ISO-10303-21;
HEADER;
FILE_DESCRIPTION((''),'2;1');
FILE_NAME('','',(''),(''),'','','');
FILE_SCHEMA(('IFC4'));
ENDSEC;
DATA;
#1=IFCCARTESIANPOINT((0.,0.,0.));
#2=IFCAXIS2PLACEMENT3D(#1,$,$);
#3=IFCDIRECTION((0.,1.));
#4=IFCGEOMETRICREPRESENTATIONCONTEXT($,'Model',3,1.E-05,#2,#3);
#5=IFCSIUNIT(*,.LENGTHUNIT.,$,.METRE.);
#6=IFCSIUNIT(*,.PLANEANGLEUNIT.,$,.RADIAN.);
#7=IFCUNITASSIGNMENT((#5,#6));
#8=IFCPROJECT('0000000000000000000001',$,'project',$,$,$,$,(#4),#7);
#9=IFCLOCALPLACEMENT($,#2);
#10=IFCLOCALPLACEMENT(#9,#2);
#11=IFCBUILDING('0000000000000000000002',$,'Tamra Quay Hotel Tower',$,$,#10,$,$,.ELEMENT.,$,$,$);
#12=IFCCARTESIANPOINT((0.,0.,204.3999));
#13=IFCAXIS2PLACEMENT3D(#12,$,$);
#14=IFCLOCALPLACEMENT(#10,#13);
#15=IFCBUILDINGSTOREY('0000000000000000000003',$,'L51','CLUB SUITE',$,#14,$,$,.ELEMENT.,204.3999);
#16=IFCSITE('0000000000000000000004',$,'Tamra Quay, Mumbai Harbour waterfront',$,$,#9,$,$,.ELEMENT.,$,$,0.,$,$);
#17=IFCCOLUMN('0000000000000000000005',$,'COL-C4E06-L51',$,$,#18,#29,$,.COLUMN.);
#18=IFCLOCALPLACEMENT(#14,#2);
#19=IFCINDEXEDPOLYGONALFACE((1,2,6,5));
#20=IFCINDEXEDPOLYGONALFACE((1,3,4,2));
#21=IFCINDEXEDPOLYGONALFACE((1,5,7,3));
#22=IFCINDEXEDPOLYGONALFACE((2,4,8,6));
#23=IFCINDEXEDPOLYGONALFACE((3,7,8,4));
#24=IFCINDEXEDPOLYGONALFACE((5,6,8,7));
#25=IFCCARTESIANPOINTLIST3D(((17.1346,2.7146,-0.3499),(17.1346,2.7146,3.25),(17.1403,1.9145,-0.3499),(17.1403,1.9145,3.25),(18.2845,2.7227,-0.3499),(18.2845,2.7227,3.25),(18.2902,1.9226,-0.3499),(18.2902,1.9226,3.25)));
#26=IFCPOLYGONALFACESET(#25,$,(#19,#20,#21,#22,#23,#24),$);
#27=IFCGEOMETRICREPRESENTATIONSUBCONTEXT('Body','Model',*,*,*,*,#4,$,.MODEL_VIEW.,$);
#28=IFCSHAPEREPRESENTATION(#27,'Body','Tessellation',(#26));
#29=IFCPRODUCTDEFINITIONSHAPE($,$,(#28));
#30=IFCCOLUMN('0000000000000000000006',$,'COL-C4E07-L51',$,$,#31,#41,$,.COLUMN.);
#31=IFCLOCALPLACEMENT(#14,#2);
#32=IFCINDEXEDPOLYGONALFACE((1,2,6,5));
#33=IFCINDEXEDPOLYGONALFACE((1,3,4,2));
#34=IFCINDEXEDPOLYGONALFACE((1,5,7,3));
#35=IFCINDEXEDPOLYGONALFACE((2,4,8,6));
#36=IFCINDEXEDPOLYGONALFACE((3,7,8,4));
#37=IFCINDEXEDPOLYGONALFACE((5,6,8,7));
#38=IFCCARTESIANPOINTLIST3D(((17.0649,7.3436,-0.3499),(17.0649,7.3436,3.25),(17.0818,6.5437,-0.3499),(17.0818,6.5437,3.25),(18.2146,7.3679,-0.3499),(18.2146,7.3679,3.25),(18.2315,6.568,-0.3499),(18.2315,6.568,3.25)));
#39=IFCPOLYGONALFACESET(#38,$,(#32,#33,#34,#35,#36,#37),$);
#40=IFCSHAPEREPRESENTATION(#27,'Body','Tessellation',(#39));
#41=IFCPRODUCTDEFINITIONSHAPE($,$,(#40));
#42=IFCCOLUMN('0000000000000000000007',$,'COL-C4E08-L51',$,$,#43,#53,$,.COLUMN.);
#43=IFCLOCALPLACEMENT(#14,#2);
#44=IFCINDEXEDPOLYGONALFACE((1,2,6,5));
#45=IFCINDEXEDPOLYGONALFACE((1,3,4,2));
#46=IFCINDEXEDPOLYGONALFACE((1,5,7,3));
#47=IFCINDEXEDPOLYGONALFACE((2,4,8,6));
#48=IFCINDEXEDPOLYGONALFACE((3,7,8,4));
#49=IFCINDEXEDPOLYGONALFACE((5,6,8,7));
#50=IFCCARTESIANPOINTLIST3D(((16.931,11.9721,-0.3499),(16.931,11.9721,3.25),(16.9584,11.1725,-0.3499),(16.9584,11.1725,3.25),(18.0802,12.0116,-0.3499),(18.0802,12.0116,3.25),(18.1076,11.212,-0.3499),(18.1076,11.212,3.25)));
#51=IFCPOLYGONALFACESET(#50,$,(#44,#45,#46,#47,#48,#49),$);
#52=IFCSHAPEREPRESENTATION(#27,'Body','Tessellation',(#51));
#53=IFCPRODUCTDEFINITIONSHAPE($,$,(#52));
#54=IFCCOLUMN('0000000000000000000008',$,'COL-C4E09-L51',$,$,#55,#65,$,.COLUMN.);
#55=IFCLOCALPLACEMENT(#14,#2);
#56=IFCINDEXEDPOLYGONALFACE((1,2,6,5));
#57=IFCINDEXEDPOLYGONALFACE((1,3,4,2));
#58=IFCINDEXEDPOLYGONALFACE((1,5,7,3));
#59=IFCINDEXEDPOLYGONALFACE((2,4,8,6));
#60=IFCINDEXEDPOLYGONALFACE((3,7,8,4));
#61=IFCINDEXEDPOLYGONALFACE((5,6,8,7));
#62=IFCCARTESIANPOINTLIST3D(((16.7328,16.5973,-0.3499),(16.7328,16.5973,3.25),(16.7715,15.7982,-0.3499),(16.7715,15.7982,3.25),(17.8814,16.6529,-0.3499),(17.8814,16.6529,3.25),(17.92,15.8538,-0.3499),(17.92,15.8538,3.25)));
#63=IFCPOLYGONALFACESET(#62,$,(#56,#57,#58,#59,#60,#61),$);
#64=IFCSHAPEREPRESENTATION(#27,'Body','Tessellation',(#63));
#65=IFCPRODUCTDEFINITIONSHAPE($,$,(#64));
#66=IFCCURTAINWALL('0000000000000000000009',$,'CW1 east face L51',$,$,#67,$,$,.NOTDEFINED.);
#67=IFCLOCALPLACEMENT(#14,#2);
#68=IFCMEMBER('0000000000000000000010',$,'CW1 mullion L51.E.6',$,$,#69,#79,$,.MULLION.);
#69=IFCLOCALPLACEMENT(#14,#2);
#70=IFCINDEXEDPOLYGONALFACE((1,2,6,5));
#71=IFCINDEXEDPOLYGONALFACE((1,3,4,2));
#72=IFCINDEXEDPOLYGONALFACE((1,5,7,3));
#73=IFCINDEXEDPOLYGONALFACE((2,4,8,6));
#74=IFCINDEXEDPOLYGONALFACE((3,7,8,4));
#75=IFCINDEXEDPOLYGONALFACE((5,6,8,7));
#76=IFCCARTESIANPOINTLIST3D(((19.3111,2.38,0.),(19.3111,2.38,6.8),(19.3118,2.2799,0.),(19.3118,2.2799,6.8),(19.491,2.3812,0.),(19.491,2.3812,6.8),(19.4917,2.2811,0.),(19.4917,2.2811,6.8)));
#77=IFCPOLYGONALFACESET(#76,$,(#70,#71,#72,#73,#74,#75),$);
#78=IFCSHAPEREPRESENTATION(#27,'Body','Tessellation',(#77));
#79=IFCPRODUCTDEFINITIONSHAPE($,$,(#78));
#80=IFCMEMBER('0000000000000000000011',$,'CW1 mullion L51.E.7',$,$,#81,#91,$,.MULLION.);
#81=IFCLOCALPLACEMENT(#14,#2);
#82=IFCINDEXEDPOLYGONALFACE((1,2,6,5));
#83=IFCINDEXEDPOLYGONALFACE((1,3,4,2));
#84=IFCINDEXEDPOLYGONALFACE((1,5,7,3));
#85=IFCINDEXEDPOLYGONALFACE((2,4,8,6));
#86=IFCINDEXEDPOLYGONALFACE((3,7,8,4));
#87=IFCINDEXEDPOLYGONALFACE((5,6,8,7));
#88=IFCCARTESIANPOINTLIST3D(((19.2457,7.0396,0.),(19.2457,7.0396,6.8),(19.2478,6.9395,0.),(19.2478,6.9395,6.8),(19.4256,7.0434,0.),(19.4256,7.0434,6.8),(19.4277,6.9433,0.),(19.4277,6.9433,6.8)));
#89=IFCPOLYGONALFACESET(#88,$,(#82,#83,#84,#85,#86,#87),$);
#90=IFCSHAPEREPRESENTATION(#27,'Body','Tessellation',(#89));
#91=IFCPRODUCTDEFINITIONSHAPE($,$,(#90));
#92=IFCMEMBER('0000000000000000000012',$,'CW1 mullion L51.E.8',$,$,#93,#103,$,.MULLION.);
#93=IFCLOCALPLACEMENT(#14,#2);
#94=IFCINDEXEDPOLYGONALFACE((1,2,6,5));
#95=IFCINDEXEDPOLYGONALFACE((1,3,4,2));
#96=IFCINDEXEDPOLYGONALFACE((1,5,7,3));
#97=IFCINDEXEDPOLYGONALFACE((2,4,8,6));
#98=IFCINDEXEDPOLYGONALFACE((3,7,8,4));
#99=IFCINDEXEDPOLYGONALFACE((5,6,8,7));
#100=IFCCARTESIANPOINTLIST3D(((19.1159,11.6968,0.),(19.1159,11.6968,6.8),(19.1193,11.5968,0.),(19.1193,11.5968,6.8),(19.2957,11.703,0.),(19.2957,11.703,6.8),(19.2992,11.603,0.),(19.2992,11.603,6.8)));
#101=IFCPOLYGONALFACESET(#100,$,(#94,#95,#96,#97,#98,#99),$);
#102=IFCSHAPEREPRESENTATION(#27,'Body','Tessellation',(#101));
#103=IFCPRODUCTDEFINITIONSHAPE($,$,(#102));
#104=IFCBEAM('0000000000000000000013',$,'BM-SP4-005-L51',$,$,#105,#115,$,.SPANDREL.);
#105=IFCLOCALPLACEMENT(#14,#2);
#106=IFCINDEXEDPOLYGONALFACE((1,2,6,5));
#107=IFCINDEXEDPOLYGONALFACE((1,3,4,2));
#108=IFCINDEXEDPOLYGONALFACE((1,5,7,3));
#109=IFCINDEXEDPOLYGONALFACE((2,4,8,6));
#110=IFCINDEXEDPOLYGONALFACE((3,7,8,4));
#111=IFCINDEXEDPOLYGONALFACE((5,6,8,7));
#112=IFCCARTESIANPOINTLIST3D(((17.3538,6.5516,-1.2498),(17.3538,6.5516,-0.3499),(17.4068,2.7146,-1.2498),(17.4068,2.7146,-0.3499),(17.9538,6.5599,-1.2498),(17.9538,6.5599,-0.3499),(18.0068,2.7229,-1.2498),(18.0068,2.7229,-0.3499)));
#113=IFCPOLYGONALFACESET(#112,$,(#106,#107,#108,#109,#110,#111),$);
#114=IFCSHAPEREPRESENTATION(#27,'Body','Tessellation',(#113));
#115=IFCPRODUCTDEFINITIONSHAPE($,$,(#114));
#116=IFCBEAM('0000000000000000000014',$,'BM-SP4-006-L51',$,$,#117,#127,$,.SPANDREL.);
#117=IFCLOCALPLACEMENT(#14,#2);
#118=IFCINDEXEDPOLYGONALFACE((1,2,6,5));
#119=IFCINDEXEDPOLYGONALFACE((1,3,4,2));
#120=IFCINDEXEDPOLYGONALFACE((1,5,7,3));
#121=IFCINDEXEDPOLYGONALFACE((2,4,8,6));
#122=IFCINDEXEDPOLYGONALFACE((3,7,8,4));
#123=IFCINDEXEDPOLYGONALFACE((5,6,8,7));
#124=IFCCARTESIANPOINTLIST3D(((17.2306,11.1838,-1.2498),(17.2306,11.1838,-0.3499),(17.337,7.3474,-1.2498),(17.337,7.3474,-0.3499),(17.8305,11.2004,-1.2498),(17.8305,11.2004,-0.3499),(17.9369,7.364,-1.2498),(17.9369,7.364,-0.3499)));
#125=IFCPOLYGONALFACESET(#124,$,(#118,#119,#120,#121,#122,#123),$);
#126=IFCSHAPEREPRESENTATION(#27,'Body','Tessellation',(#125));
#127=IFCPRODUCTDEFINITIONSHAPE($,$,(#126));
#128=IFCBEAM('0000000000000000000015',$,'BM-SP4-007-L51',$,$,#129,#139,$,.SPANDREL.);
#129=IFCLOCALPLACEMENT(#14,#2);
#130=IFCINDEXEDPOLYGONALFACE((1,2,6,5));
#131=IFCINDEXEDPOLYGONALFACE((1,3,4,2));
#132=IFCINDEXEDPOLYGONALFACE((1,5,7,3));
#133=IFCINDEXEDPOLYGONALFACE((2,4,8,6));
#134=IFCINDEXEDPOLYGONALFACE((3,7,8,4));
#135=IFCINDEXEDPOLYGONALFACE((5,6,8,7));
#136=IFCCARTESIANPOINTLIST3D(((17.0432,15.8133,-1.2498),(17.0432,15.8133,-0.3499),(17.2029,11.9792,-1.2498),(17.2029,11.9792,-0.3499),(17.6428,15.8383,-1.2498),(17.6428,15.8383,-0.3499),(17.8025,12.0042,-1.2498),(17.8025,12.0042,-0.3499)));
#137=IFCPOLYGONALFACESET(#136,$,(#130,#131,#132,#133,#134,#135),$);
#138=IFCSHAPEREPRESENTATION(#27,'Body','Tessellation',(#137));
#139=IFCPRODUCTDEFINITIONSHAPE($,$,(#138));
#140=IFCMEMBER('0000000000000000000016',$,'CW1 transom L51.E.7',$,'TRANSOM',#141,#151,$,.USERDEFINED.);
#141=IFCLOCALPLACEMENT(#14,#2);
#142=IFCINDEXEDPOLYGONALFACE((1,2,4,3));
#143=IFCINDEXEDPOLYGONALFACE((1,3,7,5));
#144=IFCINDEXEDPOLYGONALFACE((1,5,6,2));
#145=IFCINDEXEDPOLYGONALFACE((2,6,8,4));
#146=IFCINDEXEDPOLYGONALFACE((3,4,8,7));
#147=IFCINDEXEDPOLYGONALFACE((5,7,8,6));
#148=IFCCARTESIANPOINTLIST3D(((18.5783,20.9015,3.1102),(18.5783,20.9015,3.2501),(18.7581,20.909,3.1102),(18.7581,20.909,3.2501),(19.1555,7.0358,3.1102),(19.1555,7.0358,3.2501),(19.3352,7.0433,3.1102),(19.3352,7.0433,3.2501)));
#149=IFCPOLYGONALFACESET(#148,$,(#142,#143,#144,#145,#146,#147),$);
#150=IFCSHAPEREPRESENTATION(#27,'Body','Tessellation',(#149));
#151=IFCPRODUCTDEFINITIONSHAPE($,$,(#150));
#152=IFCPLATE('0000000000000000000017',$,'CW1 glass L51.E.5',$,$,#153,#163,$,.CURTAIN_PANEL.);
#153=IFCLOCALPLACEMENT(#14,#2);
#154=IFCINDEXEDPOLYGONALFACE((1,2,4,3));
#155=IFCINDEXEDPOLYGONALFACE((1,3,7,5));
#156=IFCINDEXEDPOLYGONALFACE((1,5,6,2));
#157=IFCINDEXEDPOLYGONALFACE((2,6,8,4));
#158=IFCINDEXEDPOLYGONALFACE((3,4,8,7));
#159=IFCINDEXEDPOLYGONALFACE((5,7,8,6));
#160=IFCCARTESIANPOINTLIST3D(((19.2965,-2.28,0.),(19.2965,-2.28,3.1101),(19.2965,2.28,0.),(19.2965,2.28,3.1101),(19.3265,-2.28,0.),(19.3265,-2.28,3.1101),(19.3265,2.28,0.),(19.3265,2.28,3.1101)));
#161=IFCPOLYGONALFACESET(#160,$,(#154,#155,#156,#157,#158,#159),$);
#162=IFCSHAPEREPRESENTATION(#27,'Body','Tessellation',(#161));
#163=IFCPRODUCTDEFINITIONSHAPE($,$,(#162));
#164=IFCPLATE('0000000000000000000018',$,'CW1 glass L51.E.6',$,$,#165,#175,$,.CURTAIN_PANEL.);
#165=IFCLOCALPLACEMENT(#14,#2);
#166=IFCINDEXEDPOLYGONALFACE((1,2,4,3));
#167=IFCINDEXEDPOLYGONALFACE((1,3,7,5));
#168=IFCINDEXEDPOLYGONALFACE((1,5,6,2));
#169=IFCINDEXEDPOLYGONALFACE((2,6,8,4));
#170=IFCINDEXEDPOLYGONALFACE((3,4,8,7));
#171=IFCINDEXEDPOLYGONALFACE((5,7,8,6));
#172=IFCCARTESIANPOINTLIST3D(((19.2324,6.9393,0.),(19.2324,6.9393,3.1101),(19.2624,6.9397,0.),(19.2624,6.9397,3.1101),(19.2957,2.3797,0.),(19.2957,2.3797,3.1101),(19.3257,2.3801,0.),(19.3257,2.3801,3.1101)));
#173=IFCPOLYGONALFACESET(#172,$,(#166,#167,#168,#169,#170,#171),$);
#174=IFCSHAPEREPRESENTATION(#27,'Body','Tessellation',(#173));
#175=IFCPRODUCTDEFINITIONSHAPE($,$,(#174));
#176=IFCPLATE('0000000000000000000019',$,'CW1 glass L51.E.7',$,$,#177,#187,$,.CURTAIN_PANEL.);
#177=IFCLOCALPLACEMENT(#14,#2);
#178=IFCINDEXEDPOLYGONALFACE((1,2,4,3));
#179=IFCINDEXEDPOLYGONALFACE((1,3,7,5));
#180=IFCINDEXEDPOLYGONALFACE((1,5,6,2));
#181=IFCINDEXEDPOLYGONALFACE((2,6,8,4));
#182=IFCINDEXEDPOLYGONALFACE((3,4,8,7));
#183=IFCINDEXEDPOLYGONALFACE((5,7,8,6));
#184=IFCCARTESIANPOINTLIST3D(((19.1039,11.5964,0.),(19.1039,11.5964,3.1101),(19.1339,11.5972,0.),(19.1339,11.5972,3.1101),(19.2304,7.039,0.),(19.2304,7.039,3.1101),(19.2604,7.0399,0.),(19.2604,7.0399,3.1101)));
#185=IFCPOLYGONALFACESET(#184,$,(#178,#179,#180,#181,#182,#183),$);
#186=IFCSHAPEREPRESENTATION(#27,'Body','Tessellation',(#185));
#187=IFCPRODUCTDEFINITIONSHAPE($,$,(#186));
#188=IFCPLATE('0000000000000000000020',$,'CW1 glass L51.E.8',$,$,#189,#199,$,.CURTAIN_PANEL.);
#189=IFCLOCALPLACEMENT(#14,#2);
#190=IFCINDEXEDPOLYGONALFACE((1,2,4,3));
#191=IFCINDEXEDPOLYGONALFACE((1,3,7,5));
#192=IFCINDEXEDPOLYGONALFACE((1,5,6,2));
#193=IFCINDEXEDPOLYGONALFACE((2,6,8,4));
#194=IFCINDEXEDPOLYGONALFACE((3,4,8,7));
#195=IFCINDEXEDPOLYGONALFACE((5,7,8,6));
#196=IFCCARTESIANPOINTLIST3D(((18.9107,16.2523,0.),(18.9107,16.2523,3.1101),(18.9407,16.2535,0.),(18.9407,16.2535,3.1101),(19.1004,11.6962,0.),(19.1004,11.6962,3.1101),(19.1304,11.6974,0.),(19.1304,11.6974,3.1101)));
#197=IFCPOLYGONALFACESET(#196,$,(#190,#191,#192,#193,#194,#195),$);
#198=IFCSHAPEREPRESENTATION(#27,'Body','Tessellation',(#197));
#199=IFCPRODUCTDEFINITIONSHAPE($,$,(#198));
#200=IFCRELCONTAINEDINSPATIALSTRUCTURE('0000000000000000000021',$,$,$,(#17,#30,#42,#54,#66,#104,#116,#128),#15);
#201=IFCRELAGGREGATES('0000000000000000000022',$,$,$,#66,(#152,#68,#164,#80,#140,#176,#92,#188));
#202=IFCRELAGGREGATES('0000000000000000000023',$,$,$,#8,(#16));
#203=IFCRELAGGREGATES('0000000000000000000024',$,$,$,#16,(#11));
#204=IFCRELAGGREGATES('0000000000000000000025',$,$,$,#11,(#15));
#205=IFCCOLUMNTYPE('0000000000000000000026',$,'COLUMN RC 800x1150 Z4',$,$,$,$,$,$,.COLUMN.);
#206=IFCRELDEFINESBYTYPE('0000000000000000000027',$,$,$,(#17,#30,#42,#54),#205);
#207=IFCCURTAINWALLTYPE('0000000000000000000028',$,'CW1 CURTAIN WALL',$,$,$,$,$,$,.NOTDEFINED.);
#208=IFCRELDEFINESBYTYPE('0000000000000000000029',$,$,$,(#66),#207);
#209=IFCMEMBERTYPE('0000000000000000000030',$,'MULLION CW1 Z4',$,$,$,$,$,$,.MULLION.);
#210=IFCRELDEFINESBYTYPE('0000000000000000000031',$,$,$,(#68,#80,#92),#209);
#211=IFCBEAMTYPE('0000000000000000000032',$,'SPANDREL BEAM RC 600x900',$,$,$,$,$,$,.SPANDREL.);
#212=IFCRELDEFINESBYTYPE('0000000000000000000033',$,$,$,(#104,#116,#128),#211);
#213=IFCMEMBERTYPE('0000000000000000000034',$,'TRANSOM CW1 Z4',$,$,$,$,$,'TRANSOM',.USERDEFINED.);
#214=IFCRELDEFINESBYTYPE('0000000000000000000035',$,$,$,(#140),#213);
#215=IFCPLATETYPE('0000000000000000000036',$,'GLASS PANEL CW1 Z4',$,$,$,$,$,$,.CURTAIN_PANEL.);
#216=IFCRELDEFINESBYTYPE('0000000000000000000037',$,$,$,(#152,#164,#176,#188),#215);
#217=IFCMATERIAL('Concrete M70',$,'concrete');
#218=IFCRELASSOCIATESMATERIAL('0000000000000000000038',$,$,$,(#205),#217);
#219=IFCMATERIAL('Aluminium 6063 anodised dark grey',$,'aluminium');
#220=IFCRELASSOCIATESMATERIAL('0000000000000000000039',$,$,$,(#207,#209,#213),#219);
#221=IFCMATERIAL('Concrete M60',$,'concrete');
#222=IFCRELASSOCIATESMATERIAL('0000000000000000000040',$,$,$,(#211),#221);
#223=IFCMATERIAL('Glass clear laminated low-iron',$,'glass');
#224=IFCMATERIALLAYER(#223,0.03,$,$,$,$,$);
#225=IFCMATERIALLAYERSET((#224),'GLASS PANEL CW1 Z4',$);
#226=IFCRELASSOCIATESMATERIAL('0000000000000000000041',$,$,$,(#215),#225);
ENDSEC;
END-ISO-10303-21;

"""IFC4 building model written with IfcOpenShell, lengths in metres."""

from ifc_helpers import new_model, si_unit, direction, frame, origin, origin_2d, place, context, subcontext, project, spatial, rectangle, extrude, material, layer, layer_set, material_profile, profile_set, type_object, element, aggregate, save


model = new_model("IFC4")

# Units and contexts
model_context = context("Model", 3, precision=1e-05, world=origin(), true_north=direction((0.0, 1.0)))
body_context = subcontext(model_context, "Body", "Model", "MODEL_VIEW")
ifc_project = project(units=[si_unit("LENGTHUNIT", "METRE"), si_unit("PLANEANGLEUNIT", "RADIAN")], contexts=[model_context])

# Site, building, storey
site_placement = place(None, origin())
site = spatial("IfcSite", under=ifc_project, at=site_placement, Name="Tamra Quay, Mumbai Harbour waterfront", CompositionType="ELEMENT", RefElevation=0.0)
building_placement = place(site_placement, origin())
building = spatial("IfcBuilding", under=site, at=building_placement, Name="Tamra Quay Hotel Tower", CompositionType="ELEMENT")
storey_placement = place(building_placement, frame((0.0, 0.0, 204.3999)))
storey = spatial("IfcBuildingStorey", under=building, at=storey_placement, Name="L51", Description="CLUB SUITE", CompositionType="ELEMENT", Elevation=204.3999)

# Columns
ifc_material_1 = material(Name="Concrete M70", Category="concrete")
ifc_material_profile_1 = material_profile(ifc_material_1, rectangle(XDim=1.1499, YDim=0.8, at=origin_2d()), Name="COLUMN RC 800x1150 Z4")
ifc_profile_set_1 = profile_set([ifc_material_profile_1], Name="Concrete M70")
column_type = type_object("IfcColumnType", Name="COLUMN RC 800x1150 Z4", PredefinedType="COLUMN", material=ifc_profile_set_1)
for number, where, z_axis, x_axis, name in (
    (1, (17.7124, 2.3186, -0.3499), (0.0, 0.0, 1.0), (0.999975, 0.007041, 0.0), "COL-C4E06-L51"),
    (2, (17.6482, 6.9558, -0.3499), (0.0, 0.0, 1.0), (0.999777, 0.021115, 0.0), "COL-C4E07-L51"),
    (3, (17.5193, 11.592, -0.3499), (0.0, 0.0, 1.0), (0.999412, 0.034299, 0.0), "COL-C4E08-L51"),
    (4, (17.3264, 16.2256, -0.3499), (0.0, 0.0, 1.0), (0.998831, 0.048344, 0.0), "COL-C4E09-L51"),
):
    element("IfcColumn", number, at=place(storey_placement, frame(where, z_axis=z_axis, x_axis=x_axis)), inside=storey, type_object=column_type, Name=name, PredefinedType="COLUMN", context=body_context, shape_type="SweptSolid", body=[
        extrude(rectangle(XDim=1.1499, YDim=0.8, at=origin_2d()), origin(), (0.0, 0.0, 1.0), 3.5999),
    ])

# Curtain wall, members
ifc_material_2 = material(Name="Aluminium 6063 anodised dark grey", Category="aluminium")
curtain_wall_type = type_object("IfcCurtainWallType", Name="CW1 CURTAIN WALL", PredefinedType="NOTDEFINED", material=ifc_material_2)
curtain_wall_placement = place(storey_placement, origin())
curtain_wall = element("IfcCurtainWall", 5, at=curtain_wall_placement, inside=storey, type_object=curtain_wall_type, Name="CW1 east face L51", PredefinedType="NOTDEFINED")
ifc_material_profile_2 = material_profile(ifc_material_2, rectangle(XDim=0.1799, YDim=0.1001, at=origin_2d()), Name="MULLION 100X180")
ifc_profile_set_2 = profile_set([ifc_material_profile_2], Name="Aluminium 6063 anodised dark grey")
member_type_1 = type_object("IfcMemberType", Name="MULLION CW1 Z4", PredefinedType="MULLION", material=ifc_profile_set_2)
member_1_placement = place(storey_placement, frame((19.4014, 2.3306, 0.0), z_axis=(0.0, 0.0, 1.0), x_axis=(0.999976, 0.006943, 0.0)))
member_1 = element("IfcMember", 6, at=member_1_placement, type_object=member_type_1, Name="CW1 mullion L51.E.6", PredefinedType="MULLION", context=body_context, shape_type="SweptSolid", body=[
    extrude(rectangle(XDim=0.1799, YDim=0.1001, at=origin_2d()), origin(), (0.0, 0.0, 1.0), 6.8),
])
member_2_placement = place(storey_placement, frame((19.3367, 6.9915, 0.0), z_axis=(0.0, 0.0, 1.0), x_axis=(0.999783, 0.02082, 0.0)))
member_2 = element("IfcMember", 7, at=member_2_placement, type_object=member_type_1, Name="CW1 mullion L51.E.7", PredefinedType="MULLION", context=body_context, shape_type="SweptSolid", body=[
    extrude(rectangle(XDim=0.1799, YDim=0.1001, at=origin_2d()), origin(), (0.0, 0.0, 1.0), 6.8),
])
member_3_placement = place(storey_placement, frame((19.2075, 11.6499, 0.0), z_axis=(0.0, 0.0, 1.0), x_axis=(0.999399, 0.034678, 0.0)))
member_3 = element("IfcMember", 8, at=member_3_placement, type_object=member_type_1, Name="CW1 mullion L51.E.8", PredefinedType="MULLION", context=body_context, shape_type="SweptSolid", body=[
    extrude(rectangle(XDim=0.1799, YDim=0.1001, at=origin_2d()), origin(), (0.0, 0.0, 1.0), 6.8),
])

# Beams
ifc_material_3 = material(Name="Concrete M60", Category="concrete")
ifc_material_profile_3 = material_profile(ifc_material_3, rectangle(XDim=0.6001, YDim=0.8999, at=origin_2d()), Name="SPANDREL BEAM RC 600x900")
ifc_profile_set_3 = profile_set([ifc_material_profile_3], Name="Concrete M60")
beam_type = type_object("IfcBeamType", Name="SPANDREL BEAM RC 600x900", PredefinedType="SPANDREL", material=ifc_profile_set_3)
beam_1_placement = place(storey_placement, frame((17.7068, 2.7188, -0.7998), z_axis=(-0.013805, 0.999905, 0.0), x_axis=(-0.999905, -0.013805, 0.0)))
element("IfcBeam", 9, at=beam_1_placement, inside=storey, type_object=beam_type, Name="BM-SP4-005-L51", PredefinedType="SPANDREL", context=body_context, shape_type="SweptSolid", body=[
    extrude(rectangle(XDim=0.6001, YDim=0.8999, at=origin_2d()), origin(), (0.0, 0.0, 1.0), 3.8374),
])
beam_2_placement = place(storey_placement, frame((17.637, 7.3557, -0.7998), z_axis=(-0.027735, 0.999615, 0.0), x_axis=(-0.999615, -0.027735, 0.0)))
element("IfcBeam", 10, at=beam_2_placement, inside=storey, type_object=beam_type, Name="BM-SP4-006-L51", PredefinedType="SPANDREL", context=body_context, shape_type="SweptSolid", body=[
    extrude(rectangle(XDim=0.6001, YDim=0.8999, at=origin_2d()), origin(), (0.0, 0.0, 1.0), 3.8379),
])
beam_3_placement = place(storey_placement, frame((17.5027, 11.9917, -0.7998), z_axis=(-0.041609, 0.999134, 0.0), x_axis=(-0.999134, -0.041609, 0.0)))
element("IfcBeam", 11, at=beam_3_placement, inside=storey, type_object=beam_type, Name="BM-SP4-007-L51", PredefinedType="SPANDREL", context=body_context, shape_type="SweptSolid", body=[
    extrude(rectangle(XDim=0.6001, YDim=0.8999, at=origin_2d()), origin(), (0.0, 0.0, 1.0), 3.8374),
])

# Member
ifc_material_profile_4 = material_profile(ifc_material_2, rectangle(XDim=0.1799, YDim=0.1399, at=origin_2d()), Name="TRANSOM 180X140")
ifc_profile_set_4 = profile_set([ifc_material_profile_4], Name="Aluminium 6063 anodised dark grey")
member_type_2 = type_object("IfcMemberType", Name="TRANSOM CW1 Z4", ElementType="TRANSOM", PredefinedType="USERDEFINED", material=ifc_profile_set_4)
member_4_placement = place(storey_placement, frame((19.2454, 7.0396, 3.1802), z_axis=(-0.041588, 0.999135, 0.0), x_axis=(-0.999135, -0.041588, 0.0)))
member_4 = element("IfcMember", 12, at=member_4_placement, type_object=member_type_2, Name="CW1 transom L51.E.7", ObjectType="TRANSOM", PredefinedType="USERDEFINED", context=body_context, shape_type="SweptSolid", body=[
    extrude(rectangle(XDim=0.1799, YDim=0.1399, at=origin_2d()), origin(), (0.0, 0.0, 1.0), 13.8777),
])

# Plates
ifc_material_4 = material(Name="Glass clear laminated low-iron", Category="glass")
ifc_layer_1 = layer(ifc_material_4, 0.03)
ifc_layer_set_1 = layer_set([ifc_layer_1], Name="GLASS PANEL CW1 Z4")
plate_type = type_object("IfcPlateType", Name="GLASS PANEL CW1 Z4", PredefinedType="CURTAIN_PANEL", material=ifc_layer_set_1)
plate_1_placement = place(storey_placement, frame((19.3115, 0.0, 0.0), z_axis=(0.0, 0.0, 1.0), x_axis=(0.0, 1.0, 0.0)))
plate_1 = element("IfcPlate", 13, at=plate_1_placement, type_object=plate_type, Name="CW1 glass L51.E.5", PredefinedType="CURTAIN_PANEL", context=body_context, shape_type="SweptSolid", body=[
    extrude(rectangle(XDim=4.5601, YDim=0.03, at=origin_2d()), origin(), (0.0, 0.0, 1.0), 3.1101),
])
plate_2_placement = place(storey_placement, frame((19.2791, 4.6597, 0.0), z_axis=(0.0, 0.0, 1.0), x_axis=(-0.013886, 0.999904, 0.0)))
plate_2 = element("IfcPlate", 14, at=plate_2_placement, type_object=plate_type, Name="CW1 glass L51.E.6", PredefinedType="CURTAIN_PANEL", context=body_context, shape_type="SweptSolid", body=[
    extrude(rectangle(XDim=4.5601, YDim=0.03, at=origin_2d()), origin(), (0.0, 0.0, 1.0), 3.1101),
])
plate_3_placement = place(storey_placement, frame((19.1821, 9.3181, 0.0), z_axis=(0.0, 0.0, 1.0), x_axis=(-0.027754, 0.999615, 0.0)))
plate_3 = element("IfcPlate", 15, at=plate_3_placement, type_object=plate_type, Name="CW1 glass L51.E.7", PredefinedType="CURTAIN_PANEL", context=body_context, shape_type="SweptSolid", body=[
    extrude(rectangle(XDim=4.5591, YDim=0.03, at=origin_2d()), origin(), (0.0, 0.0, 1.0), 3.1101),
])
plate_4_placement = place(storey_placement, frame((19.0205, 13.9749, 0.0), z_axis=(0.0, 0.0, 1.0), x_axis=(-0.0416, 0.999134, 0.0)))
plate_4 = element("IfcPlate", 16, at=plate_4_placement, type_object=plate_type, Name="CW1 glass L51.E.8", PredefinedType="CURTAIN_PANEL", context=body_context, shape_type="SweptSolid", body=[
    extrude(rectangle(XDim=4.5601, YDim=0.03, at=origin_2d()), origin(), (0.0, 0.0, 1.0), 3.1101),
])
aggregate(curtain_wall, [plate_1, member_1, plate_2, member_2, member_4, plate_3, member_3, plate_4])

save(model, "model.ifc")
